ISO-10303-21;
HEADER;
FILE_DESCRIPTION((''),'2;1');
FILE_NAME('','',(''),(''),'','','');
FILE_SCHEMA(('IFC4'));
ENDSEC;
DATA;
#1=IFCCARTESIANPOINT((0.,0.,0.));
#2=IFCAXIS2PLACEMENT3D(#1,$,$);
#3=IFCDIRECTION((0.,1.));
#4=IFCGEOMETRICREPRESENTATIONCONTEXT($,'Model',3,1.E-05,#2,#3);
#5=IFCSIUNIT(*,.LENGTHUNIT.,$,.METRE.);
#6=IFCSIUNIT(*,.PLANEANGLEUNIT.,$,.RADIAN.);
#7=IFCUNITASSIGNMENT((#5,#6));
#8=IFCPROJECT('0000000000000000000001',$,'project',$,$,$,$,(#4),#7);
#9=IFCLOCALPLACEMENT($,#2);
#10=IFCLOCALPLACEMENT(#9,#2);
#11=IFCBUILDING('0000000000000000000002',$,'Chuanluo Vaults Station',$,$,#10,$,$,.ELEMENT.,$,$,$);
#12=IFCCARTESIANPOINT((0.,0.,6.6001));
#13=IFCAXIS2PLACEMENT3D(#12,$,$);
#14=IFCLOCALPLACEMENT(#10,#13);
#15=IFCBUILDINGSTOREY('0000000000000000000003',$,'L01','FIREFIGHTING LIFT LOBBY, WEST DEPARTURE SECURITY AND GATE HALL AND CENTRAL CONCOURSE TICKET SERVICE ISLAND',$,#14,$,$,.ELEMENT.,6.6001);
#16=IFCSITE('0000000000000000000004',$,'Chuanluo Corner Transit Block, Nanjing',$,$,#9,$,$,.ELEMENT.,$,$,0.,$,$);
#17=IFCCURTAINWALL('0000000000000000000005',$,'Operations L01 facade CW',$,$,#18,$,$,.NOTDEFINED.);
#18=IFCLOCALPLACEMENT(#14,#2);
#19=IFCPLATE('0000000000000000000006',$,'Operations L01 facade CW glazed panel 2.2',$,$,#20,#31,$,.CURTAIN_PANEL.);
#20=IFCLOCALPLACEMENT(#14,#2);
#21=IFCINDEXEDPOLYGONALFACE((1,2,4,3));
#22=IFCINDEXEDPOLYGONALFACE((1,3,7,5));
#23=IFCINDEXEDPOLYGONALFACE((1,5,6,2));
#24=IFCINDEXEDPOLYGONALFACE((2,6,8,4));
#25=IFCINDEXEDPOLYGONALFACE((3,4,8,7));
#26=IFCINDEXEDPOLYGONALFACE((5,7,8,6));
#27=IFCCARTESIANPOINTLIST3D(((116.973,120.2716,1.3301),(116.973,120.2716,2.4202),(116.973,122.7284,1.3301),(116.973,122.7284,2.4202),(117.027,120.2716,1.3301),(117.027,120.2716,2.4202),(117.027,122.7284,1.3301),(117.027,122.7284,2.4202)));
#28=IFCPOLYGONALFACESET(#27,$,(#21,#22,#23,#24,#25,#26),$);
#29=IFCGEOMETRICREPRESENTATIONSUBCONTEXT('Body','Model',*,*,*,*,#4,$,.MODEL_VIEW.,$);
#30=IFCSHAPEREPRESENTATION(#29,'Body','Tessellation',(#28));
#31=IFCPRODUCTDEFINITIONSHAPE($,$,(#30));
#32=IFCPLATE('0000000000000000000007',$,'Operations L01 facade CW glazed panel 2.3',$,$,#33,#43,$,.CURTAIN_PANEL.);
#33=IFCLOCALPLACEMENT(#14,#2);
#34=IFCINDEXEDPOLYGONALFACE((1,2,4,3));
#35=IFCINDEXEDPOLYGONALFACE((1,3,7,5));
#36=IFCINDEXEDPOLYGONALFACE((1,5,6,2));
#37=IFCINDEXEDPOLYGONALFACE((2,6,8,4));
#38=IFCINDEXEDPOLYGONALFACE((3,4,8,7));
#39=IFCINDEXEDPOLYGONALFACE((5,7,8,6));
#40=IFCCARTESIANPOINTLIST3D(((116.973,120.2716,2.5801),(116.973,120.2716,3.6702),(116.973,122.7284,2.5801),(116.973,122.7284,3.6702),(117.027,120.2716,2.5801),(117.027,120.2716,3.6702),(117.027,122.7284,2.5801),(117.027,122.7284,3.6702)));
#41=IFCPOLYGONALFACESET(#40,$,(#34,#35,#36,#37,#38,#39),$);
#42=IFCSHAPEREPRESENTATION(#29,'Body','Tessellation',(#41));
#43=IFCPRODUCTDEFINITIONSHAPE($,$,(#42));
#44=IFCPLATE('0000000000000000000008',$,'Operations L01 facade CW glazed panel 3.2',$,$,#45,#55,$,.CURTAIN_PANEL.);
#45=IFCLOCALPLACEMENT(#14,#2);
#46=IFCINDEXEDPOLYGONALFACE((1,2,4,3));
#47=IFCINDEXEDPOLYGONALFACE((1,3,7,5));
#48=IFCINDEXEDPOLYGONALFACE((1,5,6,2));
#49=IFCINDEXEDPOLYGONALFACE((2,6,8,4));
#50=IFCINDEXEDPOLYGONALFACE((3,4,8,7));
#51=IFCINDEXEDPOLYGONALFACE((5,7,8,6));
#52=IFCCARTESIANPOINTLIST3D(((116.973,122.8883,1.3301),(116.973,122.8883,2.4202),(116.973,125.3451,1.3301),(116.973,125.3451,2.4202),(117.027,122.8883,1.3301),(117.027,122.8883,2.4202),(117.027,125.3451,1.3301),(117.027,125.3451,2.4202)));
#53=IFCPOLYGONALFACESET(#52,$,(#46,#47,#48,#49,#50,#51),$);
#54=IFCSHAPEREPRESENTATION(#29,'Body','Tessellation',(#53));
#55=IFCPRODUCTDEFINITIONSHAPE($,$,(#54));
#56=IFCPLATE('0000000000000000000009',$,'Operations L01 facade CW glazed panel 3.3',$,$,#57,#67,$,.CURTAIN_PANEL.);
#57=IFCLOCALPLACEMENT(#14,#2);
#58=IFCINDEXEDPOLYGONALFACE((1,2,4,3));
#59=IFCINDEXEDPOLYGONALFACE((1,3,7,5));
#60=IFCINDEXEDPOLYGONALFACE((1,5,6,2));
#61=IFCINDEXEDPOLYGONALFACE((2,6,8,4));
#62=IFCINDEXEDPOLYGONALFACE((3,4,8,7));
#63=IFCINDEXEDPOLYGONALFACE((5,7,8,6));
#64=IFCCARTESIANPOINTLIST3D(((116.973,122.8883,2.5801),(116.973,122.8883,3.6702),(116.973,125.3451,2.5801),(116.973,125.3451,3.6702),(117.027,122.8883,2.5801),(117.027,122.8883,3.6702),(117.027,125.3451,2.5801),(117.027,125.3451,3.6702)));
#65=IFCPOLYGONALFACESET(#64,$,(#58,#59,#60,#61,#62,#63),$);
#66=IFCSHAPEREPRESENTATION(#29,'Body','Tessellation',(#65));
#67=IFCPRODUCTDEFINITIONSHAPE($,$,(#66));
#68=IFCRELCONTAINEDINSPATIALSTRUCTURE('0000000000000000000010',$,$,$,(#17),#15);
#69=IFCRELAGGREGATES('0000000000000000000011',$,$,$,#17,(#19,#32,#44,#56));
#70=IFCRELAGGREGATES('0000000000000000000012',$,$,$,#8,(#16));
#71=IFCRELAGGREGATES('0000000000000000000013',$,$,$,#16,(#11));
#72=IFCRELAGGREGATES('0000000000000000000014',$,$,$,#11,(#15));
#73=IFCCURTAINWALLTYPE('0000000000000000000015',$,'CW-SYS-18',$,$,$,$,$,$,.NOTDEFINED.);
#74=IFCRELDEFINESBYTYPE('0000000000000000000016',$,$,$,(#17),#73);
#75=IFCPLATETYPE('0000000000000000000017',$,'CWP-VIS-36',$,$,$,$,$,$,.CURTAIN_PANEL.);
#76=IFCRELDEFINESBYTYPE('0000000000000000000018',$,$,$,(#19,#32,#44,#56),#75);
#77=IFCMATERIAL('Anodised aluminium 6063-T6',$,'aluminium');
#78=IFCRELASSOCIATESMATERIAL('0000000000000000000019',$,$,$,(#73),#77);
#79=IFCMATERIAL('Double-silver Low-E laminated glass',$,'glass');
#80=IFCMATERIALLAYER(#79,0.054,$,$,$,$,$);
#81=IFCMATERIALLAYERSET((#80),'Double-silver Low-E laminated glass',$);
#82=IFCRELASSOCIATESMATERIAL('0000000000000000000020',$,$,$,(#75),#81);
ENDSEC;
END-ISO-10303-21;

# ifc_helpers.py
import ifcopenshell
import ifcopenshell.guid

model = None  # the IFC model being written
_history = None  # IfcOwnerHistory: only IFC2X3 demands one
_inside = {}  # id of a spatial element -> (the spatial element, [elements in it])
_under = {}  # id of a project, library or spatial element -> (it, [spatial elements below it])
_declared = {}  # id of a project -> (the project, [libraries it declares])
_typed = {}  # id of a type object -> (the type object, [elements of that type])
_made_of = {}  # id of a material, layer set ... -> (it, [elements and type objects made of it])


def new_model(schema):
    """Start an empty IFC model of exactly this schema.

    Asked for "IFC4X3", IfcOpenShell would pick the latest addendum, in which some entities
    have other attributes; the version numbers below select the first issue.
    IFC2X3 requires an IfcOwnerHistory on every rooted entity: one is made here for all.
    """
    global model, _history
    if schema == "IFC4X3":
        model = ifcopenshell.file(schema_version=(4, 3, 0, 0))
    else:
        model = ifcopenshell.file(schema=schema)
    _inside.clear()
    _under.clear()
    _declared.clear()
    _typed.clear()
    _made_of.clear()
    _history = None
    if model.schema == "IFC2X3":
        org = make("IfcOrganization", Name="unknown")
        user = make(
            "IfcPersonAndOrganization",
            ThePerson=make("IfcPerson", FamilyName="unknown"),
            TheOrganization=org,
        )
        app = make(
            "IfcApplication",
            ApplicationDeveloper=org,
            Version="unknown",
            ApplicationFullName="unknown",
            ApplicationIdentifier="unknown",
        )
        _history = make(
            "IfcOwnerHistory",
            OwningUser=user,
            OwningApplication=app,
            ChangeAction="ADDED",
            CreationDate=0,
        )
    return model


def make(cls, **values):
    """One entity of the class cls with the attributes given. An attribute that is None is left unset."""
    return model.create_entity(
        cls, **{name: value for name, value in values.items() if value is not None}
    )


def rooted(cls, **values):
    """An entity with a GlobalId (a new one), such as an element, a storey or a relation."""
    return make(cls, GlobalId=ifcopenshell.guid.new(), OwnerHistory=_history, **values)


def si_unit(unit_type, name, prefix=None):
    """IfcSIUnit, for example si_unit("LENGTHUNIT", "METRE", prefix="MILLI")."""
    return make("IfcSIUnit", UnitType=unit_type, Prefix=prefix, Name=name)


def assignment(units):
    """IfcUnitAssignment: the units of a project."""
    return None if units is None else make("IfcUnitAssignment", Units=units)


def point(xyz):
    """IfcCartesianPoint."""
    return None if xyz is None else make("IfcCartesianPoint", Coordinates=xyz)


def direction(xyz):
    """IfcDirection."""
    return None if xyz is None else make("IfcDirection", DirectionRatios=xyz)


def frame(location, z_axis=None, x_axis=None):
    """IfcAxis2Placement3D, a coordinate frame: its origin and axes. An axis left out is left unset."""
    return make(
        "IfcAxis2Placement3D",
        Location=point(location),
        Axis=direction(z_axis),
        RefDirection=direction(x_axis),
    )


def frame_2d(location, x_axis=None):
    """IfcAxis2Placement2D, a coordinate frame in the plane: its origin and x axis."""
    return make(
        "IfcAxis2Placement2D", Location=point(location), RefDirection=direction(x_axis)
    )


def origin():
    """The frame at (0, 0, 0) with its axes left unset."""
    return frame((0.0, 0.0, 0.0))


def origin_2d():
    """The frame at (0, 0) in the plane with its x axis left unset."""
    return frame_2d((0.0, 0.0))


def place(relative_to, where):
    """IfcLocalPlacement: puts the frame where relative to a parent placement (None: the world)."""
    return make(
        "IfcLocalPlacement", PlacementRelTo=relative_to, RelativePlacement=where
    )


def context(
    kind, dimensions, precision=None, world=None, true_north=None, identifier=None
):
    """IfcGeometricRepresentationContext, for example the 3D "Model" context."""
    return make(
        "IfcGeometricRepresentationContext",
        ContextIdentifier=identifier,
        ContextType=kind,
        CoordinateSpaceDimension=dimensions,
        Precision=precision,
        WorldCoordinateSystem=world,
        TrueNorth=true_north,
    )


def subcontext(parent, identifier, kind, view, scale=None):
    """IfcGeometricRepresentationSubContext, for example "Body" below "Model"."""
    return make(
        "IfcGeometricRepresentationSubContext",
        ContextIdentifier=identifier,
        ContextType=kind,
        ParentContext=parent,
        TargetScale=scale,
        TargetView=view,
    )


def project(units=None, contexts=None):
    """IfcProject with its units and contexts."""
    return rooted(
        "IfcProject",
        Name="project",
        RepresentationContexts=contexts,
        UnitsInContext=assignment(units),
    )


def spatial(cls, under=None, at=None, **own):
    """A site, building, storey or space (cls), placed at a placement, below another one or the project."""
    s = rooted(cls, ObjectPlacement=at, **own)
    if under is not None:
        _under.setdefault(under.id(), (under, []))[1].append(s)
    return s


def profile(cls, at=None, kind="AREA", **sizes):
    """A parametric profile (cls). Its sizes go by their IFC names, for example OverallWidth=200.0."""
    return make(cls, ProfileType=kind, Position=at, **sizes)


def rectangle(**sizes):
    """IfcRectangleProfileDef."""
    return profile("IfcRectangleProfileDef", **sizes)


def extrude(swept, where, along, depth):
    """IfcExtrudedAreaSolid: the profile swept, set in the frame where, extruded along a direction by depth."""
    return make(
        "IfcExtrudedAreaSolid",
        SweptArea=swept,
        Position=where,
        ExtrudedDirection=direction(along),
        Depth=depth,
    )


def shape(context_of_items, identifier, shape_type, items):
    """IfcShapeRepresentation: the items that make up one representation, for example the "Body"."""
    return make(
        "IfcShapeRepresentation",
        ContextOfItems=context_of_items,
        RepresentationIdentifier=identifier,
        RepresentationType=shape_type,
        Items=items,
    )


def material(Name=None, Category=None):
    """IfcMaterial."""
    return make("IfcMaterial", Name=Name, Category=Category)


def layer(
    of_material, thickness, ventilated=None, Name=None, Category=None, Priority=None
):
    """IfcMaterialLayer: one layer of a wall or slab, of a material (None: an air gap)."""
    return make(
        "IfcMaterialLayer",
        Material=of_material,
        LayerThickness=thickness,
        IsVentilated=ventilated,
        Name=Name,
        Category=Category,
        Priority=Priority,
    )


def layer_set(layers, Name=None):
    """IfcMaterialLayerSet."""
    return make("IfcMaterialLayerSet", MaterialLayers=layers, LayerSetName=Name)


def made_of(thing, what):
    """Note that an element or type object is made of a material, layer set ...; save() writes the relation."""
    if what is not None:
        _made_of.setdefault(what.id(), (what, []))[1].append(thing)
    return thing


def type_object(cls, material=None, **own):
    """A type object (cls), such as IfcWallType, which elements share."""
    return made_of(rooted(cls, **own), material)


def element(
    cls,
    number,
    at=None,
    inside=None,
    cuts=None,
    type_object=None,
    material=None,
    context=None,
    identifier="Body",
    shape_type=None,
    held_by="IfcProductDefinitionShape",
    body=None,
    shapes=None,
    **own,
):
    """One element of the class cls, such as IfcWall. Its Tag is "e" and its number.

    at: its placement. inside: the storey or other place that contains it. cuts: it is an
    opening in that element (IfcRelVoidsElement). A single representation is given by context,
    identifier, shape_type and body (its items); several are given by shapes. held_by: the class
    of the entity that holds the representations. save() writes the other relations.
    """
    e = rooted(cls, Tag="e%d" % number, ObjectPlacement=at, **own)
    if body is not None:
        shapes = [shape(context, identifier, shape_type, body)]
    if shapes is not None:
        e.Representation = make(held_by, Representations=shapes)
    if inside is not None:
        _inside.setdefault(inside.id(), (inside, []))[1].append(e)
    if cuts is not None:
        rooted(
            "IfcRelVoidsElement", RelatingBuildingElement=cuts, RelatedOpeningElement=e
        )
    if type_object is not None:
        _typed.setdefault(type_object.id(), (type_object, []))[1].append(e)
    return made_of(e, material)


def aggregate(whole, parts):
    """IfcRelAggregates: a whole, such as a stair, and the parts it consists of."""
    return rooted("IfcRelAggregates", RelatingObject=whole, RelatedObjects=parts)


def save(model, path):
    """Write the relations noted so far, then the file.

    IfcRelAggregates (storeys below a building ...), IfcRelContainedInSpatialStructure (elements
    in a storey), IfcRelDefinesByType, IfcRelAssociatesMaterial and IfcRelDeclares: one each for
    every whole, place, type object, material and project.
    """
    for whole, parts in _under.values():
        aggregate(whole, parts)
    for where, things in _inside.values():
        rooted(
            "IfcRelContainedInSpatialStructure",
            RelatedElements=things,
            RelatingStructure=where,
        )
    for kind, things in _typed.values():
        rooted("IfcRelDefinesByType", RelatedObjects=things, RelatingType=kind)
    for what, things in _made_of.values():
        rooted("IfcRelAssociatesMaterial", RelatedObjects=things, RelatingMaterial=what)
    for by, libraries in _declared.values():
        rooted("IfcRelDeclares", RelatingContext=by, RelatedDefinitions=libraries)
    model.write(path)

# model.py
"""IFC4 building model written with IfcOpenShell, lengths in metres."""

from ifc_helpers import new_model, si_unit, direction, frame, origin, origin_2d, place, context, subcontext, project, spatial, rectangle, extrude, material, layer, layer_set, type_object, element, aggregate, save


model = new_model("IFC4")

# Units and contexts
model_context = context("Model", 3, precision=1e-05, world=origin(), true_north=direction((0.0, 1.0)))
body_context = subcontext(model_context, "Body", "Model", "MODEL_VIEW")
ifc_project = project(units=[si_unit("LENGTHUNIT", "METRE"), si_unit("PLANEANGLEUNIT", "RADIAN")], contexts=[model_context])

# Site, building, storey
site_placement = place(None, origin())
site = spatial("IfcSite", under=ifc_project, at=site_placement, Name="Chuanluo Corner Transit Block, Nanjing", CompositionType="ELEMENT", RefElevation=0.0)
building_placement = place(site_placement, origin())
building = spatial("IfcBuilding", under=site, at=building_placement, Name="Chuanluo Vaults Station", CompositionType="ELEMENT")
storey_placement = place(building_placement, frame((0.0, 0.0, 6.6001)))
storey = spatial("IfcBuildingStorey", under=building, at=storey_placement, Name="L01", Description="FIREFIGHTING LIFT LOBBY, WEST DEPARTURE SECURITY AND GATE HALL AND CENTRAL CONCOURSE TICKET SERVICE ISLAND", CompositionType="ELEMENT", Elevation=6.6001)

# Curtain wall, plates
ifc_material_1 = material(Name="Anodised aluminium 6063-T6", Category="aluminium")
curtain_wall_type = type_object("IfcCurtainWallType", Name="CW-SYS-18", PredefinedType="NOTDEFINED", material=ifc_material_1)
curtain_wall_placement = place(storey_placement, origin())
curtain_wall = element("IfcCurtainWall", 1, at=curtain_wall_placement, inside=storey, type_object=curtain_wall_type, Name="Operations L01 facade CW", PredefinedType="NOTDEFINED")
ifc_material_2 = material(Name="Double-silver Low-E laminated glass", Category="glass")
ifc_layer_1 = layer(ifc_material_2, 0.054)
ifc_layer_set_1 = layer_set([ifc_layer_1], Name="Double-silver Low-E laminated glass")
plate_type_1 = type_object("IfcPlateType", Name="CWP-VIS-36", PredefinedType="CURTAIN_PANEL", material=ifc_layer_set_1)
plate_1_placement = place(storey_placement, frame((117.0, 121.5, 1.3301), z_axis=(0.0, 0.0, 1.0), x_axis=(0.0, 1.0, 0.0)))
plate_1 = element("IfcPlate", 2, at=plate_1_placement, type_object=plate_type_1, Name="Operations L01 facade CW glazed panel 2.2", PredefinedType="CURTAIN_PANEL", context=body_context, shape_type="SweptSolid", body=[
    extrude(rectangle(XDim=2.4568, YDim=0.054, at=origin_2d()), origin(), (0.0, 0.0, 1.0), 1.0901),
])
plate_2_placement = place(storey_placement, frame((117.0, 121.5, 2.5801), z_axis=(0.0, 0.0, 1.0), x_axis=(0.0, 1.0, 0.0)))
plate_2 = element("IfcPlate", 3, at=plate_2_placement, type_object=plate_type_1, Name="Operations L01 facade CW glazed panel 2.3", PredefinedType="CURTAIN_PANEL", context=body_context, shape_type="SweptSolid", body=[
    extrude(rectangle(XDim=2.4568, YDim=0.054, at=origin_2d()), origin(), (0.0, 0.0, 1.0), 1.0901),
])
plate_3_placement = place(storey_placement, frame((117.0, 124.1167, 1.3301), z_axis=(0.0, 0.0, 1.0), x_axis=(0.0, 1.0, 0.0)))
plate_3 = element("IfcPlate", 4, at=plate_3_placement, type_object=plate_type_1, Name="Operations L01 facade CW glazed panel 3.2", PredefinedType="CURTAIN_PANEL", context=body_context, shape_type="SweptSolid", body=[
    extrude(rectangle(XDim=2.4568, YDim=0.054, at=origin_2d()), origin(), (0.0, 0.0, 1.0), 1.0901),
])
plate_4_placement = place(storey_placement, frame((117.0, 124.1167, 2.5801), z_axis=(0.0, 0.0, 1.0), x_axis=(0.0, 1.0, 0.0)))
plate_4 = element("IfcPlate", 5, at=plate_4_placement, type_object=plate_type_1, Name="Operations L01 facade CW glazed panel 3.3", PredefinedType="CURTAIN_PANEL", context=body_context, shape_type="SweptSolid", body=[
    extrude(rectangle(XDim=2.4568, YDim=0.054, at=origin_2d()), origin(), (0.0, 0.0, 1.0), 1.0901),
])
aggregate(curtain_wall, [plate_1, plate_2, plate_3, plate_4])

save(model, "model.ifc")
